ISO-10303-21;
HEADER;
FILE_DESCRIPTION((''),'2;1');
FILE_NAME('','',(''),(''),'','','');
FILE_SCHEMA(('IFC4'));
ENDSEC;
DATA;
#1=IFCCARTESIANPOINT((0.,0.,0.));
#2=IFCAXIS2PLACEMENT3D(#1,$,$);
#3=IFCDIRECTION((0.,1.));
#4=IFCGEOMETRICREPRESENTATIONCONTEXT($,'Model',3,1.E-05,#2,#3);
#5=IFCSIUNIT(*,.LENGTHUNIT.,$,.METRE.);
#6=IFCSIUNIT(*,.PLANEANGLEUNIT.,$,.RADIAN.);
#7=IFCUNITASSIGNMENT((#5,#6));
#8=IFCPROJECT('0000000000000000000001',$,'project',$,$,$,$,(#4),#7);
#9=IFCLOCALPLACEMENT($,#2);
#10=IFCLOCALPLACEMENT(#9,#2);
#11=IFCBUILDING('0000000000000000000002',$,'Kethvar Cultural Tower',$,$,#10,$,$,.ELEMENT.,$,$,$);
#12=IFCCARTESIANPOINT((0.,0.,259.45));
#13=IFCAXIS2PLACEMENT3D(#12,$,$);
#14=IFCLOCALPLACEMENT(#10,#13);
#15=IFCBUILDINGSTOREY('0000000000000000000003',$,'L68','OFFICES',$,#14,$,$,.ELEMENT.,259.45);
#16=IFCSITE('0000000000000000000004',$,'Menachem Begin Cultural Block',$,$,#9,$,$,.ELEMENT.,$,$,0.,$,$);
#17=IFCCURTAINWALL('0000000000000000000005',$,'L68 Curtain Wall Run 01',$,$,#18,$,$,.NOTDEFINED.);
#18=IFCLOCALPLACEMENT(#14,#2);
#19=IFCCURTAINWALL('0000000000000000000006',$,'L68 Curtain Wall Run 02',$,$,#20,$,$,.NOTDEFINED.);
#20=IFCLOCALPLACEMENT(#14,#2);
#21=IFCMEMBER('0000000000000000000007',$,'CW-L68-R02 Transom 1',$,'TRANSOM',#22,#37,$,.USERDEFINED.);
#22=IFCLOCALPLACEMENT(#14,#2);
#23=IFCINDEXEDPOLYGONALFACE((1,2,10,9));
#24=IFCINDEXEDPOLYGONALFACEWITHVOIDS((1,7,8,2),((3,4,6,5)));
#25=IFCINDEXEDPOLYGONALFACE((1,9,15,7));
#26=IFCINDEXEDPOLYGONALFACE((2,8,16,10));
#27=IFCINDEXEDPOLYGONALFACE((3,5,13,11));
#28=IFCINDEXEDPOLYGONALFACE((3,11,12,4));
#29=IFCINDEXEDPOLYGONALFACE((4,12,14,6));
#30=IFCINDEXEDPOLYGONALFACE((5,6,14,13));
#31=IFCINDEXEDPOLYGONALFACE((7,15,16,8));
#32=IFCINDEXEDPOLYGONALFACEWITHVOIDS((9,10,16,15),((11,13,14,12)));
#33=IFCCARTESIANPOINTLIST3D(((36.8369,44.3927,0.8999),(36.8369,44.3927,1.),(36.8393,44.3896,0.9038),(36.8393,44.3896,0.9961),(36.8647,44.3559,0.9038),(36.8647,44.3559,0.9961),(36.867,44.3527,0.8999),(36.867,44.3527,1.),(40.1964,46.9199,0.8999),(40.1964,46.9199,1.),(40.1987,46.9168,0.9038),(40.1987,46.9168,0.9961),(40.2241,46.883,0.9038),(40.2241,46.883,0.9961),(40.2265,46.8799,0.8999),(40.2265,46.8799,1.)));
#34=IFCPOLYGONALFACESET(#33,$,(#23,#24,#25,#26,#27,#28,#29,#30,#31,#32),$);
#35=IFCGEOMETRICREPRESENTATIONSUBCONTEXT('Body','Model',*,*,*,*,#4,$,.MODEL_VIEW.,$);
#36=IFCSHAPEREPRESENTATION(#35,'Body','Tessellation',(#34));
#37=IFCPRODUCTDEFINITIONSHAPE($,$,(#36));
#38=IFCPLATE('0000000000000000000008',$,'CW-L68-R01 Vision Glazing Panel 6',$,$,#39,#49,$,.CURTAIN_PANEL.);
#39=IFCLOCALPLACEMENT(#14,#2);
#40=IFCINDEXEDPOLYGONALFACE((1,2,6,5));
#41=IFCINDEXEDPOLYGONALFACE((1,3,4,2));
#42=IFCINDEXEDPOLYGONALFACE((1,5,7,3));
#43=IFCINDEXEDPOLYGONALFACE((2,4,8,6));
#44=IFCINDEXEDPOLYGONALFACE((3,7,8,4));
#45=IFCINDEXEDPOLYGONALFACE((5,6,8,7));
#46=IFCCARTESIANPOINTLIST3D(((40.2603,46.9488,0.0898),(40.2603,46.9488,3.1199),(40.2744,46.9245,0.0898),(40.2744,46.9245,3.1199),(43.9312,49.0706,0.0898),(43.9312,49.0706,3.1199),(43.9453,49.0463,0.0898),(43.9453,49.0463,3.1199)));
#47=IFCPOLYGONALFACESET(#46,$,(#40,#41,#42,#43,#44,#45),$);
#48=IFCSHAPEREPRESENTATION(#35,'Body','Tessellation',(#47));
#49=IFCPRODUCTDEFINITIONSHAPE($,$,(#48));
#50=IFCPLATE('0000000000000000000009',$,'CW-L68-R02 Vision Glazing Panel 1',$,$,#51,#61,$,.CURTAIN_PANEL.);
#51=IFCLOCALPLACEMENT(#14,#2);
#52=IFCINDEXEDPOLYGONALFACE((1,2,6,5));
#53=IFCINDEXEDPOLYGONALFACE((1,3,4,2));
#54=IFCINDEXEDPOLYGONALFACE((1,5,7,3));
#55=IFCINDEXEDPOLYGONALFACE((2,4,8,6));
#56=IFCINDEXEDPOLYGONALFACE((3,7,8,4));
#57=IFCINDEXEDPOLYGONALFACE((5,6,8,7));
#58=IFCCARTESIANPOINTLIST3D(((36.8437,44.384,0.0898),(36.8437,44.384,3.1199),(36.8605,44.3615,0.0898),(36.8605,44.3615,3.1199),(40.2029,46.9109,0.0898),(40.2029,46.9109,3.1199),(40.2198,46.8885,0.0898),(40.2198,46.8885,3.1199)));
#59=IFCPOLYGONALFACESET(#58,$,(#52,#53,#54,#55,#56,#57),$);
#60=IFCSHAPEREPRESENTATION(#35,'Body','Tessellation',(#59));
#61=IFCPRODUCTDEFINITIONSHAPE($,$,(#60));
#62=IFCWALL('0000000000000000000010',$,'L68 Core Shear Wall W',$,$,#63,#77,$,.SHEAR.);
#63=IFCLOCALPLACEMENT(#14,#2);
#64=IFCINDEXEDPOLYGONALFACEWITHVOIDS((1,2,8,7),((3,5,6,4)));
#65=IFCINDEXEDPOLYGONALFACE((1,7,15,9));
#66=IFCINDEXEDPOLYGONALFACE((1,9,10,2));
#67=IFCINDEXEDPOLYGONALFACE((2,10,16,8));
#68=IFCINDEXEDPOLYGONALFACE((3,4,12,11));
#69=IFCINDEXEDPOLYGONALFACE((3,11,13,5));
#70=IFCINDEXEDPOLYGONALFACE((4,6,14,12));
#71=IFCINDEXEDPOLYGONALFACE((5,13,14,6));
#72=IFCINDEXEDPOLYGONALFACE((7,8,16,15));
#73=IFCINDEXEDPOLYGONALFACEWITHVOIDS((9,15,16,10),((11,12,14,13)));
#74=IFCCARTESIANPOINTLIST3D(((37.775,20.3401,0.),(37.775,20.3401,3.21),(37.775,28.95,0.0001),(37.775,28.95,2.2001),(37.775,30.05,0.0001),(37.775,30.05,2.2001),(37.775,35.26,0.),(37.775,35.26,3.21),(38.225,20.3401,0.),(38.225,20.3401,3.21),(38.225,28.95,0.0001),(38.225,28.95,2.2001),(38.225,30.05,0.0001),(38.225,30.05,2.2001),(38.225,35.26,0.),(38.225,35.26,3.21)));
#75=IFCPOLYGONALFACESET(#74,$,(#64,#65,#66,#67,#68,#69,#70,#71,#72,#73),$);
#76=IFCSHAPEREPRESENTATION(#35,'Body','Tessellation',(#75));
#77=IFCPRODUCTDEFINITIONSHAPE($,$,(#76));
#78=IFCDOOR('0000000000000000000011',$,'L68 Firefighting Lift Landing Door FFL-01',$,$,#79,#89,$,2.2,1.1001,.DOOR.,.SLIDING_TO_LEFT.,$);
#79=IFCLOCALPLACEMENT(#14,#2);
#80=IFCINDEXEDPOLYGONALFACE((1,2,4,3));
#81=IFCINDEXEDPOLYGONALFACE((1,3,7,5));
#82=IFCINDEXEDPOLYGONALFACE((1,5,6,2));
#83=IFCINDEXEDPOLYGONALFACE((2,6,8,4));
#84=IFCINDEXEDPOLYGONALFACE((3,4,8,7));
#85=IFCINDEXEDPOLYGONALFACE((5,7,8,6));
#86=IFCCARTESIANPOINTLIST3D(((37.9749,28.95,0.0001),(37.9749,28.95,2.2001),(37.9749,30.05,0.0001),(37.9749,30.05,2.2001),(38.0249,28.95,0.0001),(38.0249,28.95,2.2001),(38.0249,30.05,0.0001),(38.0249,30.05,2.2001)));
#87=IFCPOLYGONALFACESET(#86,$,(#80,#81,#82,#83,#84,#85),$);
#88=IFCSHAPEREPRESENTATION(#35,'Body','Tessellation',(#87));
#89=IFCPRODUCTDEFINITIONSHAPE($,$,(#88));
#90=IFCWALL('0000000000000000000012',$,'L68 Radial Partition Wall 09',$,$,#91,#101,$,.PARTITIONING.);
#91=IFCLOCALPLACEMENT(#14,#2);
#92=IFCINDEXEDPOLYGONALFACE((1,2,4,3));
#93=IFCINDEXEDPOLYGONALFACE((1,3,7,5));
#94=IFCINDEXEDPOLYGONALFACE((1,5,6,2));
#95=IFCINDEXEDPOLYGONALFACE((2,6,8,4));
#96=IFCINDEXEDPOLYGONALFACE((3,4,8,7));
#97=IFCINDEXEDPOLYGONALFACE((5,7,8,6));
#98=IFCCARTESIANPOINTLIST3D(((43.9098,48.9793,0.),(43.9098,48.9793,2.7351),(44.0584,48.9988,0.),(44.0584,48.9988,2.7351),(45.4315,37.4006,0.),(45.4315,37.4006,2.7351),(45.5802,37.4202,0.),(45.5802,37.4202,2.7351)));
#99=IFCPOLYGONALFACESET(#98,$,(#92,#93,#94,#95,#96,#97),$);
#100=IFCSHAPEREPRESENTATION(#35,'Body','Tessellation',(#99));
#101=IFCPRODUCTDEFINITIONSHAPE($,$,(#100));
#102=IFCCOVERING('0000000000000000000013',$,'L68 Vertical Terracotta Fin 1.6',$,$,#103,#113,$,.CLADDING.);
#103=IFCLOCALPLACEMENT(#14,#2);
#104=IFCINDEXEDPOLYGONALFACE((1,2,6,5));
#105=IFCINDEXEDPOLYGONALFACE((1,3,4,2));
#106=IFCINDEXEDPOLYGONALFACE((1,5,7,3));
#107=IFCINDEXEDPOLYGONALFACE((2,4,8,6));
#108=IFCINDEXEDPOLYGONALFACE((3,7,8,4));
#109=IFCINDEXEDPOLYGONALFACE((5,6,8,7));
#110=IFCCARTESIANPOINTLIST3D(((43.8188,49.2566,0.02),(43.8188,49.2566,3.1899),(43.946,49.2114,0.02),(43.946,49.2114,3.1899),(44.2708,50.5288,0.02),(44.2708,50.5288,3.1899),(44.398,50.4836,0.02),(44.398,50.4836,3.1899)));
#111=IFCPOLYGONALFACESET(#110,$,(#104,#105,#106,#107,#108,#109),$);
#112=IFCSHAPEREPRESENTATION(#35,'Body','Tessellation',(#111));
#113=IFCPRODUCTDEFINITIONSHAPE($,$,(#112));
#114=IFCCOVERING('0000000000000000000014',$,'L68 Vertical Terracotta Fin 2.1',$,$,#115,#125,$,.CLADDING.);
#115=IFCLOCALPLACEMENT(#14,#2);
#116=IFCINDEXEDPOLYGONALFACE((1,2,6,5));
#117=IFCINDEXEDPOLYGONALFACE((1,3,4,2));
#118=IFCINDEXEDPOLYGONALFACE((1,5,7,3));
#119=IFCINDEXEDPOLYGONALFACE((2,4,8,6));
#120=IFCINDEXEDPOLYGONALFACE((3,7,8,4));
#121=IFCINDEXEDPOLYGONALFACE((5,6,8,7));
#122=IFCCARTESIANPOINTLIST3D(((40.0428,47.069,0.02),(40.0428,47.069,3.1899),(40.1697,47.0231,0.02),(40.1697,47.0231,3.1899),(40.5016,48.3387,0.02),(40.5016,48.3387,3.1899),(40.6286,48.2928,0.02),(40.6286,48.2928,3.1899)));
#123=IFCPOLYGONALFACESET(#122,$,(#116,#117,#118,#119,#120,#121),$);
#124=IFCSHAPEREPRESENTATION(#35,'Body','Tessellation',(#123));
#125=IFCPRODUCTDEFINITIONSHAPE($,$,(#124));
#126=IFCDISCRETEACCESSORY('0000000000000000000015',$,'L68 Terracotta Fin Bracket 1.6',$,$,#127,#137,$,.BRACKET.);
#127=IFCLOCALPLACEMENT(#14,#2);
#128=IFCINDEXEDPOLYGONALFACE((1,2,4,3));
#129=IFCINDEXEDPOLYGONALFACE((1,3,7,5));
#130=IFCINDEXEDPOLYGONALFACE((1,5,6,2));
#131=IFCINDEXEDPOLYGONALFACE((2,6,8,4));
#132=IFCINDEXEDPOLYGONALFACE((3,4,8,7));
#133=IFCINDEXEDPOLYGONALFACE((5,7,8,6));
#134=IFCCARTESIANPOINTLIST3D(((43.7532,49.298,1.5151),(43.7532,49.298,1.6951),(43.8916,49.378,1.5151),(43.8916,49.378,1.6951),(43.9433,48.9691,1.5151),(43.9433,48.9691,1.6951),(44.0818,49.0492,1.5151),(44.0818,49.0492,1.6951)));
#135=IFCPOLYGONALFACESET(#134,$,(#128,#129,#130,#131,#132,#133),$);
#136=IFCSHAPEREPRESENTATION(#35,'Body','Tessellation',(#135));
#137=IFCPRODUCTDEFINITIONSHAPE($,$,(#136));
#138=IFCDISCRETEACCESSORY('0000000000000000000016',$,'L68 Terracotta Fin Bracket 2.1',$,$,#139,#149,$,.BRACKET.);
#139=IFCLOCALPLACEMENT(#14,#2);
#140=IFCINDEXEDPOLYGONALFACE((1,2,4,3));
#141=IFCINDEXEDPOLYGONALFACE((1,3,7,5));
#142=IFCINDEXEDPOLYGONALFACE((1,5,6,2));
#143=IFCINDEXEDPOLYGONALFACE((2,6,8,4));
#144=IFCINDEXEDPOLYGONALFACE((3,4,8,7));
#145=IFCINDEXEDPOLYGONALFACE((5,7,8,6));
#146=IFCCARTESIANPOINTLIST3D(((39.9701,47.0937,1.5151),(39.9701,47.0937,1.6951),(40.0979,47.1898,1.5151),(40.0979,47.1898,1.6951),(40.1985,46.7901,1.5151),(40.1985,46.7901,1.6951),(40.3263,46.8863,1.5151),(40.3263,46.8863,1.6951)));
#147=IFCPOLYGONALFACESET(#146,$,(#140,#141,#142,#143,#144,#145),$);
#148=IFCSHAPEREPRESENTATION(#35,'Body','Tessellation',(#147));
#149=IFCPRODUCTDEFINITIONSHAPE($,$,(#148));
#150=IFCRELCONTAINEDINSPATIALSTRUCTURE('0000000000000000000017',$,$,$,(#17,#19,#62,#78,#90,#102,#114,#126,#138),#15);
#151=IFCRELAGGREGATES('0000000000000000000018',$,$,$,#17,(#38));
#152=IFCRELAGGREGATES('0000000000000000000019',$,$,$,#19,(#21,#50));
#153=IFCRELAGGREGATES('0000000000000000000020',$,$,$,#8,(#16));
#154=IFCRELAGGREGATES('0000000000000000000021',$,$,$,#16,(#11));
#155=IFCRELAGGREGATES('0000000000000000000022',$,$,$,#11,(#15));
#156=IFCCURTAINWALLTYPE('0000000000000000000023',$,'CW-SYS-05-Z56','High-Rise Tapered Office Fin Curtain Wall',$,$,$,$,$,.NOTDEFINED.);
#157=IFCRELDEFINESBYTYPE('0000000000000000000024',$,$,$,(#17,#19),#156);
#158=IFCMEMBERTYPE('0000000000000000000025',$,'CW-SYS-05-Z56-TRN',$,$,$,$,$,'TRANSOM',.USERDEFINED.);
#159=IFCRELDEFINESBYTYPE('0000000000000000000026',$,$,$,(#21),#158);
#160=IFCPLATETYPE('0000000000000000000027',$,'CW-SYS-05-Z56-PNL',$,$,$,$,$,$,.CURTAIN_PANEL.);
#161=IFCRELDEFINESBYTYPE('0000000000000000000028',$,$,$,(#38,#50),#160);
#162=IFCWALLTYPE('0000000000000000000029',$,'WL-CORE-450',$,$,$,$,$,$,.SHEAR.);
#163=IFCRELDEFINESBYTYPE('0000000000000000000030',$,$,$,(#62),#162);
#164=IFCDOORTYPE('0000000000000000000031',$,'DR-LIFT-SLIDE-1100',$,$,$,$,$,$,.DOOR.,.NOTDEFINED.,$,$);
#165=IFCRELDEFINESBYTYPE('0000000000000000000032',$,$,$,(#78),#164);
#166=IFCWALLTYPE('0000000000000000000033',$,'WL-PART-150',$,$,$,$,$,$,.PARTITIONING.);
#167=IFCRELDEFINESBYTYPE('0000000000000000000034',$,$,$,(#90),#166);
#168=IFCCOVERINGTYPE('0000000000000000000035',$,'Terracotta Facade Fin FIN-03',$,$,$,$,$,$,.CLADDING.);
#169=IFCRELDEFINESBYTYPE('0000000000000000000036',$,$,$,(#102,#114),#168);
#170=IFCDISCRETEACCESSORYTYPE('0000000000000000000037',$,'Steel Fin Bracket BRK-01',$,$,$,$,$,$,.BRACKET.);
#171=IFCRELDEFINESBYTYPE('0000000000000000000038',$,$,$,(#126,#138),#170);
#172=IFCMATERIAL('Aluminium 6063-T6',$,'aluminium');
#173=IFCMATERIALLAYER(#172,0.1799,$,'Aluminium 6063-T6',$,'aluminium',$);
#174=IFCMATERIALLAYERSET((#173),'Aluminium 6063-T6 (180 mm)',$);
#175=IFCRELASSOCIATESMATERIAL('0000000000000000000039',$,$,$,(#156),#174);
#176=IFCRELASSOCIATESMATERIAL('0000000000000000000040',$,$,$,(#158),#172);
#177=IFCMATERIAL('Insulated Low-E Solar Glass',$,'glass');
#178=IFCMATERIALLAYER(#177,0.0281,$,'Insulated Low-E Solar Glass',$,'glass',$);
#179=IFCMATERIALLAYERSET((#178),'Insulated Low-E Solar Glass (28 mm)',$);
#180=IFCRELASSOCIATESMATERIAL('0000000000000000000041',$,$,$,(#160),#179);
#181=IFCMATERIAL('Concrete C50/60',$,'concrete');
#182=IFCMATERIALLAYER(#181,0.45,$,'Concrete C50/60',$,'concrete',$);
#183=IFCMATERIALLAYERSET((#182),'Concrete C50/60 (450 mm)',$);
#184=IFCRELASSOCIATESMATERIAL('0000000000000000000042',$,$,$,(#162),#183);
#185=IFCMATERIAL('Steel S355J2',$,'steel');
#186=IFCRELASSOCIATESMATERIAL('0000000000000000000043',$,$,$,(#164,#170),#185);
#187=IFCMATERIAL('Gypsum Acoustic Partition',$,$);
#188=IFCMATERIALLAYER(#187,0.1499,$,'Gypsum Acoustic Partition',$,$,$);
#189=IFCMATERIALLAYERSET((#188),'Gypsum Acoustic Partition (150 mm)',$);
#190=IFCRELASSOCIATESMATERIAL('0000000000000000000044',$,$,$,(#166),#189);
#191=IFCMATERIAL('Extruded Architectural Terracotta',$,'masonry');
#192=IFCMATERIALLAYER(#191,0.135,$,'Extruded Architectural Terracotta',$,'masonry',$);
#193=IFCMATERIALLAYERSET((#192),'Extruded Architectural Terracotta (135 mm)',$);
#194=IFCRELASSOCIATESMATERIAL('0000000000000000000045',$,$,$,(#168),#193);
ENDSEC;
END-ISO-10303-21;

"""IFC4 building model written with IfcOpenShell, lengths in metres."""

from ifc_helpers import new_model, si_unit, direction, frame, frame_2d, origin, origin_2d, place, context, subcontext, project, spatial, rectangle, hollow_rectangle, extrude, source, transform, mapped, material, layer, layer_set, material_profile, profile_set, type_object, element, fill, aggregate, save


model = new_model("IFC4")

# Units and contexts
model_context = context("Model", 3, precision=1e-05, world=origin(), true_north=direction((0.0, 1.0)))
body_context = subcontext(model_context, "Body", "Model", "MODEL_VIEW")
ifc_project = project(units=[si_unit("LENGTHUNIT", "METRE"), si_unit("PLANEANGLEUNIT", "RADIAN")], contexts=[model_context])

# Site, building, storey
site_placement = place(None, origin())
site = spatial("IfcSite", under=ifc_project, at=site_placement, Name="Menachem Begin Cultural Block", CompositionType="ELEMENT", RefElevation=0.0)
building_placement = place(site_placement, origin())
building = spatial("IfcBuilding", under=site, at=building_placement, Name="Kethvar Cultural Tower", CompositionType="ELEMENT")
storey_placement = place(building_placement, frame((0.0, 0.0, 259.45)))
storey = spatial("IfcBuildingStorey", under=building, at=storey_placement, Name="L68", Description="OFFICES", CompositionType="ELEMENT", Elevation=259.45)

# Shared definitions
ifc_material_1 = material(Name="Steel S355J2", Category="steel")

# Curtain wall
ifc_material_2 = material(Name="Aluminium 6063-T6", Category="aluminium")
ifc_layer_1 = layer(ifc_material_2, 0.1799, Name="Aluminium 6063-T6", Category="aluminium")
ifc_layer_set_1 = layer_set([ifc_layer_1], Name="Aluminium 6063-T6 (180 mm)")
curtain_wall_type = type_object("IfcCurtainWallType", Name="CW-SYS-05-Z56", Description="High-Rise Tapered Office Fin Curtain Wall", PredefinedType="NOTDEFINED", material=ifc_layer_set_1)
curtain_wall_1_placement = place(storey_placement, origin())
curtain_wall_1 = element("IfcCurtainWall", 1, at=curtain_wall_1_placement, inside=storey, type_object=curtain_wall_type, Name="L68 Curtain Wall Run 01", PredefinedType="NOTDEFINED")

# Curtain wall
curtain_wall_2_placement = place(storey_placement, origin())
curtain_wall_2 = element("IfcCurtainWall", 2, at=curtain_wall_2_placement, inside=storey, type_object=curtain_wall_type, Name="L68 Curtain Wall Run 02", PredefinedType="NOTDEFINED")

# Member
ifc_material_profile_1 = material_profile(ifc_material_2, hollow_rectangle(XDim=0.05, YDim=0.1001, WallThickness=0.0039, at=origin_2d()), Name="Aluminium 6063-T6 — RHS100x50x4")
ifc_profile_set_1 = profile_set([ifc_material_profile_1], Name="Aluminium 6063-T6 — RHS100x50x4")
member_type_1 = type_object("IfcMemberType", Name="CW-SYS-05-Z56-TRN", ElementType="TRANSOM", PredefinedType="USERDEFINED", material=ifc_profile_set_1)
shared_shape_1 = source(origin(), body_context, "Body", "SweptSolid", [
    extrude(hollow_rectangle(XDim=0.05, YDim=0.1001, WallThickness=0.0039, at=origin_2d()), origin(), (0.0, 0.0, 1.0), 4.2039),
])
member_1_placement = place(storey_placement, frame((40.2114, 46.8999, 0.95), z_axis=(-0.799135, -0.601152, 0.0), x_axis=(0.601152, -0.799135, 0.0)))
member_1 = element("IfcMember", 3, at=member_1_placement, type_object=member_type_1, Name="CW-L68-R02 Transom 1", ObjectType="TRANSOM", PredefinedType="USERDEFINED", context=body_context, shape_type="MappedRepresentation", body=[
    mapped(shared_shape_1, transform((0.0, 0.0, 0.0), scale=1.0)),
])

# Plates
ifc_material_3 = material(Name="Insulated Low-E Solar Glass", Category="glass")
ifc_layer_2 = layer(ifc_material_3, 0.0281, Name="Insulated Low-E Solar Glass", Category="glass")
ifc_layer_set_2 = layer_set([ifc_layer_2], Name="Insulated Low-E Solar Glass (28 mm)")
plate_type = type_object("IfcPlateType", Name="CW-SYS-05-Z56-PNL", PredefinedType="CURTAIN_PANEL", material=ifc_layer_set_2)
shared_shape_2 = source(origin(), body_context, "Body", "SweptSolid", [
    extrude(rectangle(XDim=4.24, YDim=0.0281, at=origin_2d()), origin(), (0.0, 0.0, 1.0), 3.03),
])
plate_1_placement = place(storey_placement, frame((42.1028, 47.9976, 0.0898), z_axis=(0.0, 0.0, 1.0), x_axis=(-0.865781, -0.500423, 0.0)))
plate_1 = element("IfcPlate", 4, at=plate_1_placement, type_object=plate_type, Name="CW-L68-R01 Vision Glazing Panel 6", PredefinedType="CURTAIN_PANEL", context=body_context, shape_type="MappedRepresentation", body=[
    mapped(shared_shape_2, transform((0.0, 0.0, 0.0), scale=1.0)),
])
aggregate(curtain_wall_1, [plate_1])
shared_shape_3 = source(origin(), body_context, "Body", "SweptSolid", [
    extrude(rectangle(XDim=4.2036, YDim=0.0281, at=origin_2d()), origin(), (0.0, 0.0, 1.0), 3.03),
])
plate_2_placement = place(storey_placement, frame((38.5317, 45.6362, 0.0898), z_axis=(0.0, 0.0, 1.0), x_axis=(-0.799139, -0.601146, 0.0)))
plate_2 = element("IfcPlate", 5, at=plate_2_placement, type_object=plate_type, Name="CW-L68-R02 Vision Glazing Panel 1", PredefinedType="CURTAIN_PANEL", context=body_context, shape_type="MappedRepresentation", body=[
    mapped(shared_shape_3, transform((0.0, 0.0, 0.0), scale=1.0)),
])
aggregate(curtain_wall_2, [member_1, plate_2])

# Wall, opening, door
ifc_material_4 = material(Name="Concrete C50/60", Category="concrete")
ifc_layer_3 = layer(ifc_material_4, 0.45, Name="Concrete C50/60", Category="concrete")
ifc_layer_set_3 = layer_set([ifc_layer_3], Name="Concrete C50/60 (450 mm)")
wall_type_1 = type_object("IfcWallType", Name="WL-CORE-450", PredefinedType="SHEAR", material=ifc_layer_set_3)
wall_1_placement = place(storey_placement, frame((38.0, 35.26, 0.0), z_axis=(0.0, 0.0, 1.0), x_axis=(0.0, -1.0, 0.0)))
wall_1 = element("IfcWall", 6, at=wall_1_placement, inside=storey, type_object=wall_type_1, Name="L68 Core Shear Wall W", PredefinedType="SHEAR", context=body_context, shape_type="SweptSolid", body=[
    extrude(rectangle(XDim=14.9199, YDim=0.45, at=frame_2d((7.46, 0.0))), origin(), (0.0, 0.0, 1.0), 3.21),
])
opening_placement = place(wall_1_placement, frame((5.21, 0.0, 0.0)))
opening = element("IfcOpeningElement", 7, at=opening_placement, cuts=wall_1, PredefinedType="OPENING", context=body_context, shape_type="SweptSolid", body=[
    extrude(rectangle(XDim=1.1001, YDim=2.2, at=frame_2d((0.55, 1.1001))), frame((0.0, 0.2349, 0.0), z_axis=(0.0, -1.0, 0.0), x_axis=(1.0, 0.0, 0.0)), (0.0, 0.0, 1.0), 0.47),
])
door_type = type_object("IfcDoorType", Name="DR-LIFT-SLIDE-1100", OperationType="NOTDEFINED", PredefinedType="DOOR", material=ifc_material_1)
shared_shape_4 = source(origin(), body_context, "Body", "SweptSolid", [
    extrude(rectangle(XDim=1.1001, YDim=2.2, at=frame_2d((0.55, 1.1001))), frame((0.0, 0.0249, 0.0), z_axis=(0.0, -1.0, 0.0), x_axis=(1.0, 0.0, 0.0)), (0.0, 0.0, 1.0), 0.05),
])
door_placement = place(opening_placement, origin())
door = element("IfcDoor", 8, at=door_placement, inside=storey, type_object=door_type, Name="L68 Firefighting Lift Landing Door FFL-01", OperationType="SLIDING_TO_LEFT", OverallHeight=2.2, OverallWidth=1.1001, PredefinedType="DOOR", context=body_context, shape_type="MappedRepresentation", body=[
    mapped(shared_shape_4, transform((0.0, 0.0, 0.0), scale=1.0)),
])
fill(opening, door)

# Wall
ifc_material_5 = material(Name="Gypsum Acoustic Partition")
ifc_layer_4 = layer(ifc_material_5, 0.1499, Name="Gypsum Acoustic Partition")
ifc_layer_set_4 = layer_set([ifc_layer_4], Name="Gypsum Acoustic Partition (150 mm)")
wall_type_2 = type_object("IfcWallType", Name="WL-PART-150", PredefinedType="PARTITIONING", material=ifc_layer_set_4)
wall_2_placement = place(storey_placement, frame((45.5059, 37.4104, 0.0), z_axis=(0.0, 0.0, 1.0), x_axis=(-0.130305, 0.991474, 0.0)))
element("IfcWall", 9, at=wall_2_placement, inside=storey, type_object=wall_type_2, Name="L68 Radial Partition Wall 09", PredefinedType="PARTITIONING", context=body_context, shape_type="SweptSolid", body=[
    extrude(rectangle(XDim=11.6782, YDim=0.1499, at=frame_2d((5.8391, 0.0))), origin(), (0.0, 0.0, 1.0), 2.7351),
])

# Coverings
ifc_material_6 = material(Name="Extruded Architectural Terracotta", Category="masonry")
ifc_layer_5 = layer(ifc_material_6, 0.135, Name="Extruded Architectural Terracotta", Category="masonry")
ifc_layer_set_5 = layer_set([ifc_layer_5], Name="Extruded Architectural Terracotta (135 mm)")
covering_type = type_object("IfcCoveringType", Name="Terracotta Facade Fin FIN-03", PredefinedType="CLADDING", material=ifc_layer_set_5)
shared_shape_5 = source(origin(), body_context, "Body", "SweptSolid", [
    extrude(rectangle(XDim=1.3501, YDim=0.135, at=origin_2d()), origin(), (0.0, 0.0, 1.0), 3.1699),
])
for number, where, z_axis, x_axis, name in (
    (10, (44.1084, 49.8701, 0.02), (0.0, 0.0, 1.0), (0.334794, 0.942291, 0.0), "L68 Vertical Terracotta Fin 1.6"),
    (11, (40.3357, 47.6809, 0.02), (0.0, 0.0, 1.0), (0.339887, 0.940466, 0.0), "L68 Vertical Terracotta Fin 2.1"),
):
    element("IfcCovering", number, at=place(storey_placement, frame(where, z_axis=z_axis, x_axis=x_axis)), inside=storey, type_object=covering_type, Name=name, PredefinedType="CLADDING", context=body_context, shape_type="MappedRepresentation", body=[
        mapped(shared_shape_5, transform((0.0, 0.0, 0.0), scale=1.0)),
    ])

# Discrete accessories
discrete_accessory_type = type_object("IfcDiscreteAccessoryType", Name="Steel Fin Bracket BRK-01", PredefinedType="BRACKET", material=ifc_material_1)
shared_shape_6 = source(origin(), body_context, "Body", "SweptSolid", [
    extrude(rectangle(XDim=0.3799, YDim=0.1599, at=origin_2d()), origin(), (0.0, 0.0, 1.0), 0.1799),
])
for number, where, z_axis, x_axis, name in (
    (12, (43.9175, 49.1736, 1.5151), (0.0, 0.0, 1.0), (-0.500453, 0.865763, 0.0), "L68 Terracotta Fin Bracket 1.6"),
    (13, (40.1482, 46.99, 1.5151), (0.0, 0.0, 1.0), (-0.601118, 0.79916, 0.0), "L68 Terracotta Fin Bracket 2.1"),
):
    element("IfcDiscreteAccessory", number, at=place(storey_placement, frame(where, z_axis=z_axis, x_axis=x_axis)), inside=storey, type_object=discrete_accessory_type, Name=name, PredefinedType="BRACKET", context=body_context, shape_type="MappedRepresentation", body=[
        mapped(shared_shape_6, transform((0.0, 0.0, 0.0), scale=1.0)),
    ])

save(model, "model.ifc")
